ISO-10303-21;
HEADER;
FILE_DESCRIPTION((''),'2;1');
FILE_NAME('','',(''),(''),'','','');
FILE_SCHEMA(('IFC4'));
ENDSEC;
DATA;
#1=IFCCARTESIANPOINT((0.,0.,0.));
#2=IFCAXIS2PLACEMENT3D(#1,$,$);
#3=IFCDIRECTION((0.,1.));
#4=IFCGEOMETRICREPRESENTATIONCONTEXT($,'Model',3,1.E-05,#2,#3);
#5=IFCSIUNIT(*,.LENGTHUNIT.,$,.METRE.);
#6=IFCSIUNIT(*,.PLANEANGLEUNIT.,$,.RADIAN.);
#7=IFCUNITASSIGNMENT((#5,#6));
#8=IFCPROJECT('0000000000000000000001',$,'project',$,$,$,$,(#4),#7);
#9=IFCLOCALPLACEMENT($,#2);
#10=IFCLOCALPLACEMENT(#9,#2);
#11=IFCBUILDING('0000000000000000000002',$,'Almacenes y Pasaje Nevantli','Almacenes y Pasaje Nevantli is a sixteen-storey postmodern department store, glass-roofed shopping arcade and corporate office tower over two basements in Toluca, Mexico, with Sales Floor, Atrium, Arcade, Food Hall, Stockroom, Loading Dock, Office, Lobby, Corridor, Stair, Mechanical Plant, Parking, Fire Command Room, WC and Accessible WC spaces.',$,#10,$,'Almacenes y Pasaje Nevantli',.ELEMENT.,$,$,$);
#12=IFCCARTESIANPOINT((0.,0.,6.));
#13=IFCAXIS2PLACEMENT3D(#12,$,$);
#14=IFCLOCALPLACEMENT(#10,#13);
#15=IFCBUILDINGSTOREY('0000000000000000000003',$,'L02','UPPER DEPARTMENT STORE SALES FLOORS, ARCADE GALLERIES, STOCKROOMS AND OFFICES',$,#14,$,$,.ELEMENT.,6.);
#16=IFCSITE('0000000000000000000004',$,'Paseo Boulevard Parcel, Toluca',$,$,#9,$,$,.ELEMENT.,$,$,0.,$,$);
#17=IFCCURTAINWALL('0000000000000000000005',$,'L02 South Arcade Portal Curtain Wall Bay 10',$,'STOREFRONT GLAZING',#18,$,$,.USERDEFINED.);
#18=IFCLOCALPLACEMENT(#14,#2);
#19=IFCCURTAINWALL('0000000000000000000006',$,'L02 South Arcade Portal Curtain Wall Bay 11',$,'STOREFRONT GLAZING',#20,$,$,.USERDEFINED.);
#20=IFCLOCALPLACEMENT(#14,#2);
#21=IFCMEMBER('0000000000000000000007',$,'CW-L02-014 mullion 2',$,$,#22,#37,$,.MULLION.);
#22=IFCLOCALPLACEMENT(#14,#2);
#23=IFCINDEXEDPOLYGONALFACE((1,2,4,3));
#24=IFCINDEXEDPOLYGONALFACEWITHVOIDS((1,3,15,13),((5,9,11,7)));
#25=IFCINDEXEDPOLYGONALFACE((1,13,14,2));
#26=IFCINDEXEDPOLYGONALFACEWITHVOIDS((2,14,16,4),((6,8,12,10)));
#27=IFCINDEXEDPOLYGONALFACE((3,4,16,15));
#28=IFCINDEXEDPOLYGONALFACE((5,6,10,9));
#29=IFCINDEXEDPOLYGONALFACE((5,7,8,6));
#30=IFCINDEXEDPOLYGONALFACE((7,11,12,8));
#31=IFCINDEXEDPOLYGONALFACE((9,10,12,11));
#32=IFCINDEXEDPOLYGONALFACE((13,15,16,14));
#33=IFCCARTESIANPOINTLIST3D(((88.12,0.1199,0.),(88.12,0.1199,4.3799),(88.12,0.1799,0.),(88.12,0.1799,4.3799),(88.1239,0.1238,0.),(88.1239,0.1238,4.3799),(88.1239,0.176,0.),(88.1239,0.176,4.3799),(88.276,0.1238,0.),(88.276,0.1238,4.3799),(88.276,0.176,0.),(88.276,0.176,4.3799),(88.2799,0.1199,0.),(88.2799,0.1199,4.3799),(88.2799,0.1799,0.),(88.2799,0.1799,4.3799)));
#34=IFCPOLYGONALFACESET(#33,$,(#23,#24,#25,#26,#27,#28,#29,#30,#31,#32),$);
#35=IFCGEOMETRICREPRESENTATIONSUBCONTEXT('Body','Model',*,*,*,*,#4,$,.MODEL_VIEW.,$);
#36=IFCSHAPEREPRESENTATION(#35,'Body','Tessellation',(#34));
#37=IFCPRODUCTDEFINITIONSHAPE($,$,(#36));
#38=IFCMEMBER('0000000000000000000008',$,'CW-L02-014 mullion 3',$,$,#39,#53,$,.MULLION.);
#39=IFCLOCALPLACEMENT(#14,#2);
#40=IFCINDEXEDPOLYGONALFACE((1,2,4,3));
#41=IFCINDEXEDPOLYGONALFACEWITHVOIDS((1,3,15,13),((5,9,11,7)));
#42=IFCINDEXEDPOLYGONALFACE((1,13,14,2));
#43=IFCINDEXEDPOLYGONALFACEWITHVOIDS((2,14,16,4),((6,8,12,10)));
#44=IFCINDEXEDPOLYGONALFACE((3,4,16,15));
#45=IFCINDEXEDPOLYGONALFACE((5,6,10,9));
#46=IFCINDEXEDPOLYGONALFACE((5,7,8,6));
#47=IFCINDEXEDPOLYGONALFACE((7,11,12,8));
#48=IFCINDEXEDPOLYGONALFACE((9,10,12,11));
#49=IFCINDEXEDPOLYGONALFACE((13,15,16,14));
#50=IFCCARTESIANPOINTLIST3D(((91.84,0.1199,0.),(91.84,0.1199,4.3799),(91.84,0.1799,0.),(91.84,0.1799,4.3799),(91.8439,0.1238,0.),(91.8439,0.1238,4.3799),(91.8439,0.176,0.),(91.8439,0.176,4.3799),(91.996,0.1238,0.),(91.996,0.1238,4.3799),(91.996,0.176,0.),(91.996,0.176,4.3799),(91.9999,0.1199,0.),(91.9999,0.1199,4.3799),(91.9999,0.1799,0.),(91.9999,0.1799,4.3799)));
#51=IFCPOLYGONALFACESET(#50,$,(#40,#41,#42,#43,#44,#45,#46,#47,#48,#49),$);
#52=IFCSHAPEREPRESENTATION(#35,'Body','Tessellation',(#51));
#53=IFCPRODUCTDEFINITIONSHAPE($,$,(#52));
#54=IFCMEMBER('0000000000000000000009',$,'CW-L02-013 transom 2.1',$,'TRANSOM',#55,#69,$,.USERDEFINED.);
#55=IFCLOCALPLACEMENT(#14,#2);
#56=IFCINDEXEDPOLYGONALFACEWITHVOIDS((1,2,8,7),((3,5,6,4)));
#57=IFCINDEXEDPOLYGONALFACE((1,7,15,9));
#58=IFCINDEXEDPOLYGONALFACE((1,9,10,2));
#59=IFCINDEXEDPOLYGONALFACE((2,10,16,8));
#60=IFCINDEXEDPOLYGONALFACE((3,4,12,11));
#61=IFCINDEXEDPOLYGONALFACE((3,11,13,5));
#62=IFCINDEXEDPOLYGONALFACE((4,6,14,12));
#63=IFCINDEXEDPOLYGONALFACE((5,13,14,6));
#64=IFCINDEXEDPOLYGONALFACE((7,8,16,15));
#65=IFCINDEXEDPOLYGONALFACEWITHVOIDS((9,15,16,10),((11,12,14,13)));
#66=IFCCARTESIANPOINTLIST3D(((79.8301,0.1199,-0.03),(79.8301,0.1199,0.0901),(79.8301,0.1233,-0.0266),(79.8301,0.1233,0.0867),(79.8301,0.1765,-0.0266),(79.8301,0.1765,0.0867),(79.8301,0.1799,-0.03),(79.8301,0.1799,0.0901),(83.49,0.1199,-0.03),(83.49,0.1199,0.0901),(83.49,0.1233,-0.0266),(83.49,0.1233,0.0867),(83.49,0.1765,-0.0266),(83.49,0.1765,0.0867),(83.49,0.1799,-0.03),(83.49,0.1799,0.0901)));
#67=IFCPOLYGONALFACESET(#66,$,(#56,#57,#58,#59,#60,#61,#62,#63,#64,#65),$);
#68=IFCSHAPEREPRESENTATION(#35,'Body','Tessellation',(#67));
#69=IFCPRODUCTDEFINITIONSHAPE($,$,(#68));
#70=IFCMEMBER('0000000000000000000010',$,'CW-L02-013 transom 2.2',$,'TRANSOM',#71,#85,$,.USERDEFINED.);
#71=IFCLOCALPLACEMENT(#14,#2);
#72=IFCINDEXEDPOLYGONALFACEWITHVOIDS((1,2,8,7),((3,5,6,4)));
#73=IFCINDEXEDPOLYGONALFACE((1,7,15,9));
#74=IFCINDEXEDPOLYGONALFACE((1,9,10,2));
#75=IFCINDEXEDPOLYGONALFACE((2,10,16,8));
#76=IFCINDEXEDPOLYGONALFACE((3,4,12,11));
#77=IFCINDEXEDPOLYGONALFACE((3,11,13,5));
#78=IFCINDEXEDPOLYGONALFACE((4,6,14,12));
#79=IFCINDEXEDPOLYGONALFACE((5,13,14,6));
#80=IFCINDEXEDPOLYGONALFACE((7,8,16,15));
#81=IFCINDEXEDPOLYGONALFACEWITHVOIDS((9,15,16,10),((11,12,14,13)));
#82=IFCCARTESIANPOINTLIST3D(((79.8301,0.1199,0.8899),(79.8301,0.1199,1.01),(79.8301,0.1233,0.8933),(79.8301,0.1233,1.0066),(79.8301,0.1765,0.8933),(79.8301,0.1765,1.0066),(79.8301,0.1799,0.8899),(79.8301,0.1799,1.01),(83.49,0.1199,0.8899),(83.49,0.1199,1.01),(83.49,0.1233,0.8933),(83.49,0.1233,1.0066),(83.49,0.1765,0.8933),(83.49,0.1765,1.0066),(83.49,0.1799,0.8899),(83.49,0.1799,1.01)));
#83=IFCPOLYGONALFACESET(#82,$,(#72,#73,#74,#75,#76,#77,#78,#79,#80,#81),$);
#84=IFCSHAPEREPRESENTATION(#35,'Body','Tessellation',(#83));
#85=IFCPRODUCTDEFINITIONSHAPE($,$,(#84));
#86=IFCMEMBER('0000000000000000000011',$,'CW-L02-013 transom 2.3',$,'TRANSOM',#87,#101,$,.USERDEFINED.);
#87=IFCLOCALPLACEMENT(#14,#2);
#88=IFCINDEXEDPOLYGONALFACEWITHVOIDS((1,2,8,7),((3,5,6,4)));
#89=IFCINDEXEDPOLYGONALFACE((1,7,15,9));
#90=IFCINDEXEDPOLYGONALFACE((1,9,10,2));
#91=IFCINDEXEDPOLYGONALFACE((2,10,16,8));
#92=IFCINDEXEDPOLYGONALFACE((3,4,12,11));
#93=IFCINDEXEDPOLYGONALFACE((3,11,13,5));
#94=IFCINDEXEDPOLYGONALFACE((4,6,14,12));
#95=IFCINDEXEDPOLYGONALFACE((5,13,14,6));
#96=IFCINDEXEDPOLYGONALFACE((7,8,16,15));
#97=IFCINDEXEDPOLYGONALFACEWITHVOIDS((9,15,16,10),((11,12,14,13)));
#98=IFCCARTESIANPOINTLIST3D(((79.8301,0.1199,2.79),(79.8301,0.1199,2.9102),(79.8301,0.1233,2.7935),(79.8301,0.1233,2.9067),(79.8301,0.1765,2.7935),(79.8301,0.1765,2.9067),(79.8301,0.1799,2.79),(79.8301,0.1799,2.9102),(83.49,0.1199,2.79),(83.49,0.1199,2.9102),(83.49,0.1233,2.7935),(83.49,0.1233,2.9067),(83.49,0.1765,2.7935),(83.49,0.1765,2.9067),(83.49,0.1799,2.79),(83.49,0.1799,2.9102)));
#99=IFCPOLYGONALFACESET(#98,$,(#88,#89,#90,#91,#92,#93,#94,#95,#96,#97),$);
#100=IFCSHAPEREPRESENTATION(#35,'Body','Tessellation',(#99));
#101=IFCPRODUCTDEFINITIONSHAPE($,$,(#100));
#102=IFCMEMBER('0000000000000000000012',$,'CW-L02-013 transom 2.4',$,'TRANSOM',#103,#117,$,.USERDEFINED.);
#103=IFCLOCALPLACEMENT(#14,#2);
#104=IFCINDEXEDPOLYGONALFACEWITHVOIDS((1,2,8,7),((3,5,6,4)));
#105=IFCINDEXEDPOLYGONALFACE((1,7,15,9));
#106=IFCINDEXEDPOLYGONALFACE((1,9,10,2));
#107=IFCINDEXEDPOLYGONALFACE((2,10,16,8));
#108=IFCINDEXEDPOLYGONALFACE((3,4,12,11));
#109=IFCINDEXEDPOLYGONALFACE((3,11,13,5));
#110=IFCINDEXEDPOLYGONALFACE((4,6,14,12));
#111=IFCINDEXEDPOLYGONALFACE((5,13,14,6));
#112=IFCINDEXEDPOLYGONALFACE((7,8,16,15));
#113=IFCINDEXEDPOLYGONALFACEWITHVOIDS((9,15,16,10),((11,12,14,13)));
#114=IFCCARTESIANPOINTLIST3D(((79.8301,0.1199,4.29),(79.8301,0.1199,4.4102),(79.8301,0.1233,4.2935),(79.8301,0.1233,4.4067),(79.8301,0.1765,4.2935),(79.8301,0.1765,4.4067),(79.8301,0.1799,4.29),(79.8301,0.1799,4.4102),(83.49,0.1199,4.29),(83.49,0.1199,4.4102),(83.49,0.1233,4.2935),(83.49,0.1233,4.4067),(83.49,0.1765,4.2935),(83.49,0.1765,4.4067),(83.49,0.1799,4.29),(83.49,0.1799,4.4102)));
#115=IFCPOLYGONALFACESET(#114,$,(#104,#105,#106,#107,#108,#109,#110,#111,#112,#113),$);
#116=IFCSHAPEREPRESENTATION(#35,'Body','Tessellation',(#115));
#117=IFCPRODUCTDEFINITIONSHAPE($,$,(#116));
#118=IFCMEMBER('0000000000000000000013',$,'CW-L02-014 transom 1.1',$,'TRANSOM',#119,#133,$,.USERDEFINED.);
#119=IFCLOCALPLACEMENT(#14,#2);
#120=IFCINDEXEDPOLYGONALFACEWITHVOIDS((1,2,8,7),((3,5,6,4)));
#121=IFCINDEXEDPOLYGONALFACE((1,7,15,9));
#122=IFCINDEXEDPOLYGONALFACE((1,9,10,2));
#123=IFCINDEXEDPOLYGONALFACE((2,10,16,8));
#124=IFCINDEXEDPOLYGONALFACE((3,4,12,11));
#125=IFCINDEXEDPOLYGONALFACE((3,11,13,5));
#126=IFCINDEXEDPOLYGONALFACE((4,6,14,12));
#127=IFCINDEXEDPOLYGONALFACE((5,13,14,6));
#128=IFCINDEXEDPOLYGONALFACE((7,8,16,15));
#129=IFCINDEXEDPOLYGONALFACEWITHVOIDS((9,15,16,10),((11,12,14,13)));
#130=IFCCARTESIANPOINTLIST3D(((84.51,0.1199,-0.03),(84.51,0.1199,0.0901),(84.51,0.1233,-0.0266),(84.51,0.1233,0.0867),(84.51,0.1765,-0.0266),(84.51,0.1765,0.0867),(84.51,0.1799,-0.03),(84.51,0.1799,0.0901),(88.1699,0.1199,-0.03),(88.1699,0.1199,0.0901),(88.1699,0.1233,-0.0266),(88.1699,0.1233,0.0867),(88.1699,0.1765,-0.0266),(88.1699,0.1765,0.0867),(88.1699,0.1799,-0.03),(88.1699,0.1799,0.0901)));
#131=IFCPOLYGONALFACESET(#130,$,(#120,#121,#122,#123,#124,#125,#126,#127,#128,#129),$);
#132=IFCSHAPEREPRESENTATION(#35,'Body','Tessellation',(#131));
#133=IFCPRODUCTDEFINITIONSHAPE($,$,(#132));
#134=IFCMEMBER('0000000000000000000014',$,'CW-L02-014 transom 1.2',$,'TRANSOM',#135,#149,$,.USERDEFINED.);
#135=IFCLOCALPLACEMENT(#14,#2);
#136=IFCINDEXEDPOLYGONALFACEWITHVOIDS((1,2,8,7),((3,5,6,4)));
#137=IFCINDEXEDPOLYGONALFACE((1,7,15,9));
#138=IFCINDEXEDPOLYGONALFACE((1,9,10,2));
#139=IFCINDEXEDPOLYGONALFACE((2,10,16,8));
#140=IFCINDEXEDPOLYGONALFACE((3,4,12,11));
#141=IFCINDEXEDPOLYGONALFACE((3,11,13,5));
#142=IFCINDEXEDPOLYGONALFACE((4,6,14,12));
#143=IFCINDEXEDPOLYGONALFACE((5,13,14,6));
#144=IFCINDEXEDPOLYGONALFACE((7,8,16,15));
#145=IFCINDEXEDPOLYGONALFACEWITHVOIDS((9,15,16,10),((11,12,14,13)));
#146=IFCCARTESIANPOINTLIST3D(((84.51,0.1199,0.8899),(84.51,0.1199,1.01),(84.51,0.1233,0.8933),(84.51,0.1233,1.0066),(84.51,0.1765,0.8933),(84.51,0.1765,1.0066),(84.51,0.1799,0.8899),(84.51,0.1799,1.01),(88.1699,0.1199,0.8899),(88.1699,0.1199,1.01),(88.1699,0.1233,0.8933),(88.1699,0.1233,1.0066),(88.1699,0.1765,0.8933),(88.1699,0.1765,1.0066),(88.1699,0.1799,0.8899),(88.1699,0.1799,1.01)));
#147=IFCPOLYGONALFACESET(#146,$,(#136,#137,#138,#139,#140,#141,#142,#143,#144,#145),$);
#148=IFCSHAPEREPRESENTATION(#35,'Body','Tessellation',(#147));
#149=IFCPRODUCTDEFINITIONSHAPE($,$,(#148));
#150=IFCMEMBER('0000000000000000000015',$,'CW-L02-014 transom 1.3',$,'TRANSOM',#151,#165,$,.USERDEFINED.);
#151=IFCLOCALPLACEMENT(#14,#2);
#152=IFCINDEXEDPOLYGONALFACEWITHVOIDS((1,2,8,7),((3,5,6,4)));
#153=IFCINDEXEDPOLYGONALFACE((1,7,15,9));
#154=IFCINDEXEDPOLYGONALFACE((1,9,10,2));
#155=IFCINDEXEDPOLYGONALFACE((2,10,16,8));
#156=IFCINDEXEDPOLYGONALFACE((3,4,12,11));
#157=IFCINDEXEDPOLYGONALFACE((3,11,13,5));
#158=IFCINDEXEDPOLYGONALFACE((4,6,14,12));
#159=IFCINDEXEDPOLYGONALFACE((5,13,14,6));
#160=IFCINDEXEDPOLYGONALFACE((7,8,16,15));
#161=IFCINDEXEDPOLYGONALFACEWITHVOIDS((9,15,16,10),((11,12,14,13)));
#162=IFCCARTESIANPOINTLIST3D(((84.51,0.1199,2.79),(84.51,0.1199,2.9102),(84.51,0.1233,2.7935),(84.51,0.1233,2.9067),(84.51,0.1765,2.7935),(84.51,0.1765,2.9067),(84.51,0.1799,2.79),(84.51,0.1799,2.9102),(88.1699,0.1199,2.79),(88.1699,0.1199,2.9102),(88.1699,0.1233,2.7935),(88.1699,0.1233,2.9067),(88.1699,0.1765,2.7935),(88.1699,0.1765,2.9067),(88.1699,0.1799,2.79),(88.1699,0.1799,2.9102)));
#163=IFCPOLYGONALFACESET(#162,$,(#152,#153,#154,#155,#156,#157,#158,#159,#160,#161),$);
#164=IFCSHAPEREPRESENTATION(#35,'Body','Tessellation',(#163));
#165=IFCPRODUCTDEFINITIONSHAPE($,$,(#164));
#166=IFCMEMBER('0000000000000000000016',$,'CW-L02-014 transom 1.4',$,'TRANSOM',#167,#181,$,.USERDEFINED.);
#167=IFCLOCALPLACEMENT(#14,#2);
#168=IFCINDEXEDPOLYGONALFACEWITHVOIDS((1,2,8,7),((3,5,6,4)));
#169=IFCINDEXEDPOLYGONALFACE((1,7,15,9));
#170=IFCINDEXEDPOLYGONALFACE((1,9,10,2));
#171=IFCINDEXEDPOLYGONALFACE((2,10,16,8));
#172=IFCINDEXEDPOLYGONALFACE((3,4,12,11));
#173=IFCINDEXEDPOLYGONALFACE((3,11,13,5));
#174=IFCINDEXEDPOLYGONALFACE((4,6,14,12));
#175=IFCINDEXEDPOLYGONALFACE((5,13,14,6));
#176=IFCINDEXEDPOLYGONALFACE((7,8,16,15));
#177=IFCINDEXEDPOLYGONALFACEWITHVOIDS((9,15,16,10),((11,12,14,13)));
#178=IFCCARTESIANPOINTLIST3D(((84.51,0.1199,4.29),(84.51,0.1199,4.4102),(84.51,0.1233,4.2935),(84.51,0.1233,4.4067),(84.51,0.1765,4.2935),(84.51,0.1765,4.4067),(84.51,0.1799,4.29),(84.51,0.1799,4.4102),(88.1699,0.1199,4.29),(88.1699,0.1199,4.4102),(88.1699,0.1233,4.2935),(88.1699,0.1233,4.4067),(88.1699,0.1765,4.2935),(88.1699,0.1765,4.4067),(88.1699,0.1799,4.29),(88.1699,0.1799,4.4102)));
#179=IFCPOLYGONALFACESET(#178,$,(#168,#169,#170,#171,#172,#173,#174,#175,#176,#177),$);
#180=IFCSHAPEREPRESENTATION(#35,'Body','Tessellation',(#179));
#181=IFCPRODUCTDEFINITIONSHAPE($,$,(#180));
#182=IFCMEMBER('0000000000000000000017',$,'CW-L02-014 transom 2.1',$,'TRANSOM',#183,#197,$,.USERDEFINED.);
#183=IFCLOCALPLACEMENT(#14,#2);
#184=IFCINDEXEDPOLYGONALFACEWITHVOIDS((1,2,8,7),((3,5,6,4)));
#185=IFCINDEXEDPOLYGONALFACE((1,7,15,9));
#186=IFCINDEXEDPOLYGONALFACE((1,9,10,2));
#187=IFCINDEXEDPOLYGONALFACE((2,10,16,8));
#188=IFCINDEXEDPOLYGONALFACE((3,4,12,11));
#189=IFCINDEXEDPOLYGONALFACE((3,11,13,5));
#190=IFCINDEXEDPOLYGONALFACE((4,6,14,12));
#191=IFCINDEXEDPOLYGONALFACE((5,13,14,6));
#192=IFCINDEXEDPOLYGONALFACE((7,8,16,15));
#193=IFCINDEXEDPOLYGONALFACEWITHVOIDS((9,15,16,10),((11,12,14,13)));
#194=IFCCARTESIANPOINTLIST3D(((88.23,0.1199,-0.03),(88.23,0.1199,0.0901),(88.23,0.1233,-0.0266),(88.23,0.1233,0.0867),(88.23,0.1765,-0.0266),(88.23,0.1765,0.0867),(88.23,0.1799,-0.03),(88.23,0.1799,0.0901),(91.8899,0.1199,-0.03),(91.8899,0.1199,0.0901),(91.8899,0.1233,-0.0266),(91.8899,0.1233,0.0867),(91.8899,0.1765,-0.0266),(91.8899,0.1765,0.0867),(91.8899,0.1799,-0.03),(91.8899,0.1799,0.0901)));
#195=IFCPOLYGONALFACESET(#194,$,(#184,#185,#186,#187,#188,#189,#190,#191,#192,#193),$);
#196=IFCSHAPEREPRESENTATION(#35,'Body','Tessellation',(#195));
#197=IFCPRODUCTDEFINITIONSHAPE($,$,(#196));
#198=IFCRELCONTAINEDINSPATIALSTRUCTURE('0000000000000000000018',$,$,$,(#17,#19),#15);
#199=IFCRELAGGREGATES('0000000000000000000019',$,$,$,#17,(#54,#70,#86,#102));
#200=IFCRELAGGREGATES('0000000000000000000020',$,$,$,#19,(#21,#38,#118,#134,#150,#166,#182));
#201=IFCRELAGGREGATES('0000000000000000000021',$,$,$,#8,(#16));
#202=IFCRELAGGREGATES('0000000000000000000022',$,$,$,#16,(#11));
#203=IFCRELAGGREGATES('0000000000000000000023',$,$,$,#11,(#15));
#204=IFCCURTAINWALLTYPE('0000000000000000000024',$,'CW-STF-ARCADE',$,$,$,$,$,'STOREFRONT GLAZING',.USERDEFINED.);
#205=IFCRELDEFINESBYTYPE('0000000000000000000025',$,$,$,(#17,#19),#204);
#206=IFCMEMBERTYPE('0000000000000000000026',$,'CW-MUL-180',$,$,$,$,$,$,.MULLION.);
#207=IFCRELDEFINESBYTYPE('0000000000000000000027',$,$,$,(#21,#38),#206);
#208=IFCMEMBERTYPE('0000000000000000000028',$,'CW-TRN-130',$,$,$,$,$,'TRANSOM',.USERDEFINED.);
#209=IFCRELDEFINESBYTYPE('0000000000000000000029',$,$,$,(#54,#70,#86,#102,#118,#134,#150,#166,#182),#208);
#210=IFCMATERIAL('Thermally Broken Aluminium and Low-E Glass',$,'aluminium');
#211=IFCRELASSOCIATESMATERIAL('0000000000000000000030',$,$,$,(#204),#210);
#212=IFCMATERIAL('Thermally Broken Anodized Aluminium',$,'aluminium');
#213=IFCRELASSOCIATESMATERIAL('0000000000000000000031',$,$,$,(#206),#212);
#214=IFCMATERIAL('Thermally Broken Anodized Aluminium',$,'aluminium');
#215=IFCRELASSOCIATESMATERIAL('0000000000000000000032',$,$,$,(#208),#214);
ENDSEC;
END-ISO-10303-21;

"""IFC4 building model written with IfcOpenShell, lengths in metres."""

from ifc_helpers import new_model, si_unit, direction, frame, origin, origin_2d, place, context, subcontext, project, spatial, hollow_rectangle, extrude, material, material_profile, profile_set, type_object, element, aggregate, save


model = new_model("IFC4")

# Units and contexts
model_context = context("Model", 3, precision=1e-05, world=origin(), true_north=direction((0.0, 1.0)))
body_context = subcontext(model_context, "Body", "Model", "MODEL_VIEW")
ifc_project = project(units=[si_unit("LENGTHUNIT", "METRE"), si_unit("PLANEANGLEUNIT", "RADIAN")], contexts=[model_context])

# Site, building, storey
site_placement = place(None, origin())
site = spatial("IfcSite", under=ifc_project, at=site_placement, Name="Paseo Boulevard Parcel, Toluca", CompositionType="ELEMENT", RefElevation=0.0)
building_placement = place(site_placement, origin())
building = spatial("IfcBuilding", under=site, at=building_placement, Name="Almacenes y Pasaje Nevantli", Description="Almacenes y Pasaje Nevantli is a sixteen-storey postmodern department store, glass-roofed shopping arcade and corporate office tower over two basements in Toluca, Mexico, with Sales Floor, Atrium, Arcade, Food Hall, Stockroom, Loading Dock, Office, Lobby, Corridor, Stair, Mechanical Plant, Parking, Fire Command Room, WC and Accessible WC spaces.", LongName="Almacenes y Pasaje Nevantli", CompositionType="ELEMENT")
storey_placement = place(building_placement, frame((0.0, 0.0, 6.0)))
storey = spatial("IfcBuildingStorey", under=building, at=storey_placement, Name="L02", Description="UPPER DEPARTMENT STORE SALES FLOORS, ARCADE GALLERIES, STOCKROOMS AND OFFICES", CompositionType="ELEMENT", Elevation=6.0)

# Curtain walls, members
ifc_material_1 = material(Name="Thermally Broken Aluminium and Low-E Glass", Category="aluminium")
curtain_wall_type = type_object("IfcCurtainWallType", Name="CW-STF-ARCADE", ElementType="STOREFRONT GLAZING", PredefinedType="USERDEFINED", material=ifc_material_1)
curtain_wall_1_placement = place(storey_placement, origin())
curtain_wall_1 = element("IfcCurtainWall", 1, at=curtain_wall_1_placement, inside=storey, type_object=curtain_wall_type, Name="L02 South Arcade Portal Curtain Wall Bay 10", ObjectType="STOREFRONT GLAZING", PredefinedType="USERDEFINED")
ifc_material_2 = material(Name="Thermally Broken Anodized Aluminium", Category="aluminium")
ifc_material_profile_1 = material_profile(ifc_material_2, hollow_rectangle(XDim=0.0601, YDim=0.1599, WallThickness=0.0039, at=origin_2d()), Name="ALU-MUL-60x160")
ifc_profile_set_1 = profile_set([ifc_material_profile_1], Name="Thermally Broken Anodized Aluminium")
member_type_1 = type_object("IfcMemberType", Name="CW-MUL-180", PredefinedType="MULLION", material=ifc_profile_set_1)
curtain_wall_2_placement = place(storey_placement, origin())
curtain_wall_2 = element("IfcCurtainWall", 2, at=curtain_wall_2_placement, inside=storey, type_object=curtain_wall_type, Name="L02 South Arcade Portal Curtain Wall Bay 11", ObjectType="STOREFRONT GLAZING", PredefinedType="USERDEFINED")
member_1_placement = place(storey_placement, frame((88.2, 0.1499, 0.0), z_axis=(0.0, 0.0, 1.0), x_axis=(0.0, 1.0, 0.0)))
member_1 = element("IfcMember", 3, at=member_1_placement, type_object=member_type_1, Name="CW-L02-014 mullion 2", PredefinedType="MULLION", context=body_context, shape_type="SweptSolid", body=[
    extrude(hollow_rectangle(XDim=0.0601, YDim=0.1599, WallThickness=0.0039, at=origin_2d()), origin(), (0.0, 0.0, 1.0), 4.3799),
])
member_2_placement = place(storey_placement, frame((91.9199, 0.1499, 0.0), z_axis=(0.0, 0.0, 1.0), x_axis=(0.0, 1.0, 0.0)))
member_2 = element("IfcMember", 4, at=member_2_placement, type_object=member_type_1, Name="CW-L02-014 mullion 3", PredefinedType="MULLION", context=body_context, shape_type="SweptSolid", body=[
    extrude(hollow_rectangle(XDim=0.0601, YDim=0.1599, WallThickness=0.0039, at=origin_2d()), origin(), (0.0, 0.0, 1.0), 4.3799),
])

# Members
ifc_material_3 = material(Name="Thermally Broken Anodized Aluminium", Category="aluminium")
ifc_material_profile_2 = material_profile(ifc_material_3, hollow_rectangle(XDim=0.0601, YDim=0.1201, WallThickness=0.0034, at=origin_2d()), Name="ALU-TRN-60x120")
ifc_profile_set_2 = profile_set([ifc_material_profile_2], Name="Thermally Broken Anodized Aluminium")
member_type_2 = type_object("IfcMemberType", Name="CW-TRN-130", ElementType="TRANSOM", PredefinedType="USERDEFINED", material=ifc_profile_set_2)
member_3_placement = place(storey_placement, frame((79.8301, 0.1499, 0.03), z_axis=(1.0, 0.0, 0.0), x_axis=(0.0, 1.0, 0.0)))
member_3 = element("IfcMember", 5, at=member_3_placement, type_object=member_type_2, Name="CW-L02-013 transom 2.1", ObjectType="TRANSOM", PredefinedType="USERDEFINED", context=body_context, shape_type="SweptSolid", body=[
    extrude(hollow_rectangle(XDim=0.0601, YDim=0.1201, WallThickness=0.0034, at=origin_2d()), origin(), (0.0, 0.0, 1.0), 3.6599),
])
member_4_placement = place(storey_placement, frame((79.8301, 0.1499, 0.95), z_axis=(1.0, 0.0, 0.0), x_axis=(0.0, 1.0, 0.0)))
member_4 = element("IfcMember", 6, at=member_4_placement, type_object=member_type_2, Name="CW-L02-013 transom 2.2", ObjectType="TRANSOM", PredefinedType="USERDEFINED", context=body_context, shape_type="SweptSolid", body=[
    extrude(hollow_rectangle(XDim=0.0601, YDim=0.1201, WallThickness=0.0034, at=origin_2d()), origin(), (0.0, 0.0, 1.0), 3.6599),
])
member_5_placement = place(storey_placement, frame((79.8301, 0.1499, 2.8501), z_axis=(1.0, 0.0, 0.0), x_axis=(0.0, 1.0, 0.0)))
member_5 = element("IfcMember", 7, at=member_5_placement, type_object=member_type_2, Name="CW-L02-013 transom 2.3", ObjectType="TRANSOM", PredefinedType="USERDEFINED", context=body_context, shape_type="SweptSolid", body=[
    extrude(hollow_rectangle(XDim=0.0601, YDim=0.1201, WallThickness=0.0034, at=origin_2d()), origin(), (0.0, 0.0, 1.0), 3.6599),
])
member_6_placement = place(storey_placement, frame((79.8301, 0.1499, 4.3501), z_axis=(1.0, 0.0, 0.0), x_axis=(0.0, 1.0, 0.0)))
member_6 = element("IfcMember", 8, at=member_6_placement, type_object=member_type_2, Name="CW-L02-013 transom 2.4", ObjectType="TRANSOM", PredefinedType="USERDEFINED", context=body_context, shape_type="SweptSolid", body=[
    extrude(hollow_rectangle(XDim=0.0601, YDim=0.1201, WallThickness=0.0034, at=origin_2d()), origin(), (0.0, 0.0, 1.0), 3.6599),
])
member_7_placement = place(storey_placement, frame((84.51, 0.1499, 0.03), z_axis=(1.0, 0.0, 0.0), x_axis=(0.0, 1.0, 0.0)))
member_7 = element("IfcMember", 9, at=member_7_placement, type_object=member_type_2, Name="CW-L02-014 transom 1.1", ObjectType="TRANSOM", PredefinedType="USERDEFINED", context=body_context, shape_type="SweptSolid", body=[
    extrude(hollow_rectangle(XDim=0.0601, YDim=0.1201, WallThickness=0.0034, at=origin_2d()), origin(), (0.0, 0.0, 1.0), 3.6599),
])
member_8_placement = place(storey_placement, frame((84.51, 0.1499, 0.95), z_axis=(1.0, 0.0, 0.0), x_axis=(0.0, 1.0, 0.0)))
member_8 = element("IfcMember", 10, at=member_8_placement, type_object=member_type_2, Name="CW-L02-014 transom 1.2", ObjectType="TRANSOM", PredefinedType="USERDEFINED", context=body_context, shape_type="SweptSolid", body=[
    extrude(hollow_rectangle(XDim=0.0601, YDim=0.1201, WallThickness=0.0034, at=origin_2d()), origin(), (0.0, 0.0, 1.0), 3.6599),
])
member_9_placement = place(storey_placement, frame((84.51, 0.1499, 2.8501), z_axis=(1.0, 0.0, 0.0), x_axis=(0.0, 1.0, 0.0)))
member_9 = element("IfcMember", 11, at=member_9_placement, type_object=member_type_2, Name="CW-L02-014 transom 1.3", ObjectType="TRANSOM", PredefinedType="USERDEFINED", context=body_context, shape_type="SweptSolid", body=[
    extrude(hollow_rectangle(XDim=0.0601, YDim=0.1201, WallThickness=0.0034, at=origin_2d()), origin(), (0.0, 0.0, 1.0), 3.6599),
])
member_10_placement = place(storey_placement, frame((84.51, 0.1499, 4.3501), z_axis=(1.0, 0.0, 0.0), x_axis=(0.0, 1.0, 0.0)))
member_10 = element("IfcMember", 12, at=member_10_placement, type_object=member_type_2, Name="CW-L02-014 transom 1.4", ObjectType="TRANSOM", PredefinedType="USERDEFINED", context=body_context, shape_type="SweptSolid", body=[
    extrude(hollow_rectangle(XDim=0.0601, YDim=0.1201, WallThickness=0.0034, at=origin_2d()), origin(), (0.0, 0.0, 1.0), 3.6599),
])
member_11_placement = place(storey_placement, frame((88.23, 0.1499, 0.03), z_axis=(1.0, 0.0, 0.0), x_axis=(0.0, 1.0, 0.0)))
member_11 = element("IfcMember", 13, at=member_11_placement, type_object=member_type_2, Name="CW-L02-014 transom 2.1", ObjectType="TRANSOM", PredefinedType="USERDEFINED", context=body_context, shape_type="SweptSolid", body=[
    extrude(hollow_rectangle(XDim=0.0601, YDim=0.1201, WallThickness=0.0034, at=origin_2d()), origin(), (0.0, 0.0, 1.0), 3.6599),
])

aggregate(curtain_wall_1, [member_3, member_4, member_5, member_6])
aggregate(curtain_wall_2, [member_1, member_2, member_7, member_8, member_9, member_10, member_11])

save(model, "model.ifc")
